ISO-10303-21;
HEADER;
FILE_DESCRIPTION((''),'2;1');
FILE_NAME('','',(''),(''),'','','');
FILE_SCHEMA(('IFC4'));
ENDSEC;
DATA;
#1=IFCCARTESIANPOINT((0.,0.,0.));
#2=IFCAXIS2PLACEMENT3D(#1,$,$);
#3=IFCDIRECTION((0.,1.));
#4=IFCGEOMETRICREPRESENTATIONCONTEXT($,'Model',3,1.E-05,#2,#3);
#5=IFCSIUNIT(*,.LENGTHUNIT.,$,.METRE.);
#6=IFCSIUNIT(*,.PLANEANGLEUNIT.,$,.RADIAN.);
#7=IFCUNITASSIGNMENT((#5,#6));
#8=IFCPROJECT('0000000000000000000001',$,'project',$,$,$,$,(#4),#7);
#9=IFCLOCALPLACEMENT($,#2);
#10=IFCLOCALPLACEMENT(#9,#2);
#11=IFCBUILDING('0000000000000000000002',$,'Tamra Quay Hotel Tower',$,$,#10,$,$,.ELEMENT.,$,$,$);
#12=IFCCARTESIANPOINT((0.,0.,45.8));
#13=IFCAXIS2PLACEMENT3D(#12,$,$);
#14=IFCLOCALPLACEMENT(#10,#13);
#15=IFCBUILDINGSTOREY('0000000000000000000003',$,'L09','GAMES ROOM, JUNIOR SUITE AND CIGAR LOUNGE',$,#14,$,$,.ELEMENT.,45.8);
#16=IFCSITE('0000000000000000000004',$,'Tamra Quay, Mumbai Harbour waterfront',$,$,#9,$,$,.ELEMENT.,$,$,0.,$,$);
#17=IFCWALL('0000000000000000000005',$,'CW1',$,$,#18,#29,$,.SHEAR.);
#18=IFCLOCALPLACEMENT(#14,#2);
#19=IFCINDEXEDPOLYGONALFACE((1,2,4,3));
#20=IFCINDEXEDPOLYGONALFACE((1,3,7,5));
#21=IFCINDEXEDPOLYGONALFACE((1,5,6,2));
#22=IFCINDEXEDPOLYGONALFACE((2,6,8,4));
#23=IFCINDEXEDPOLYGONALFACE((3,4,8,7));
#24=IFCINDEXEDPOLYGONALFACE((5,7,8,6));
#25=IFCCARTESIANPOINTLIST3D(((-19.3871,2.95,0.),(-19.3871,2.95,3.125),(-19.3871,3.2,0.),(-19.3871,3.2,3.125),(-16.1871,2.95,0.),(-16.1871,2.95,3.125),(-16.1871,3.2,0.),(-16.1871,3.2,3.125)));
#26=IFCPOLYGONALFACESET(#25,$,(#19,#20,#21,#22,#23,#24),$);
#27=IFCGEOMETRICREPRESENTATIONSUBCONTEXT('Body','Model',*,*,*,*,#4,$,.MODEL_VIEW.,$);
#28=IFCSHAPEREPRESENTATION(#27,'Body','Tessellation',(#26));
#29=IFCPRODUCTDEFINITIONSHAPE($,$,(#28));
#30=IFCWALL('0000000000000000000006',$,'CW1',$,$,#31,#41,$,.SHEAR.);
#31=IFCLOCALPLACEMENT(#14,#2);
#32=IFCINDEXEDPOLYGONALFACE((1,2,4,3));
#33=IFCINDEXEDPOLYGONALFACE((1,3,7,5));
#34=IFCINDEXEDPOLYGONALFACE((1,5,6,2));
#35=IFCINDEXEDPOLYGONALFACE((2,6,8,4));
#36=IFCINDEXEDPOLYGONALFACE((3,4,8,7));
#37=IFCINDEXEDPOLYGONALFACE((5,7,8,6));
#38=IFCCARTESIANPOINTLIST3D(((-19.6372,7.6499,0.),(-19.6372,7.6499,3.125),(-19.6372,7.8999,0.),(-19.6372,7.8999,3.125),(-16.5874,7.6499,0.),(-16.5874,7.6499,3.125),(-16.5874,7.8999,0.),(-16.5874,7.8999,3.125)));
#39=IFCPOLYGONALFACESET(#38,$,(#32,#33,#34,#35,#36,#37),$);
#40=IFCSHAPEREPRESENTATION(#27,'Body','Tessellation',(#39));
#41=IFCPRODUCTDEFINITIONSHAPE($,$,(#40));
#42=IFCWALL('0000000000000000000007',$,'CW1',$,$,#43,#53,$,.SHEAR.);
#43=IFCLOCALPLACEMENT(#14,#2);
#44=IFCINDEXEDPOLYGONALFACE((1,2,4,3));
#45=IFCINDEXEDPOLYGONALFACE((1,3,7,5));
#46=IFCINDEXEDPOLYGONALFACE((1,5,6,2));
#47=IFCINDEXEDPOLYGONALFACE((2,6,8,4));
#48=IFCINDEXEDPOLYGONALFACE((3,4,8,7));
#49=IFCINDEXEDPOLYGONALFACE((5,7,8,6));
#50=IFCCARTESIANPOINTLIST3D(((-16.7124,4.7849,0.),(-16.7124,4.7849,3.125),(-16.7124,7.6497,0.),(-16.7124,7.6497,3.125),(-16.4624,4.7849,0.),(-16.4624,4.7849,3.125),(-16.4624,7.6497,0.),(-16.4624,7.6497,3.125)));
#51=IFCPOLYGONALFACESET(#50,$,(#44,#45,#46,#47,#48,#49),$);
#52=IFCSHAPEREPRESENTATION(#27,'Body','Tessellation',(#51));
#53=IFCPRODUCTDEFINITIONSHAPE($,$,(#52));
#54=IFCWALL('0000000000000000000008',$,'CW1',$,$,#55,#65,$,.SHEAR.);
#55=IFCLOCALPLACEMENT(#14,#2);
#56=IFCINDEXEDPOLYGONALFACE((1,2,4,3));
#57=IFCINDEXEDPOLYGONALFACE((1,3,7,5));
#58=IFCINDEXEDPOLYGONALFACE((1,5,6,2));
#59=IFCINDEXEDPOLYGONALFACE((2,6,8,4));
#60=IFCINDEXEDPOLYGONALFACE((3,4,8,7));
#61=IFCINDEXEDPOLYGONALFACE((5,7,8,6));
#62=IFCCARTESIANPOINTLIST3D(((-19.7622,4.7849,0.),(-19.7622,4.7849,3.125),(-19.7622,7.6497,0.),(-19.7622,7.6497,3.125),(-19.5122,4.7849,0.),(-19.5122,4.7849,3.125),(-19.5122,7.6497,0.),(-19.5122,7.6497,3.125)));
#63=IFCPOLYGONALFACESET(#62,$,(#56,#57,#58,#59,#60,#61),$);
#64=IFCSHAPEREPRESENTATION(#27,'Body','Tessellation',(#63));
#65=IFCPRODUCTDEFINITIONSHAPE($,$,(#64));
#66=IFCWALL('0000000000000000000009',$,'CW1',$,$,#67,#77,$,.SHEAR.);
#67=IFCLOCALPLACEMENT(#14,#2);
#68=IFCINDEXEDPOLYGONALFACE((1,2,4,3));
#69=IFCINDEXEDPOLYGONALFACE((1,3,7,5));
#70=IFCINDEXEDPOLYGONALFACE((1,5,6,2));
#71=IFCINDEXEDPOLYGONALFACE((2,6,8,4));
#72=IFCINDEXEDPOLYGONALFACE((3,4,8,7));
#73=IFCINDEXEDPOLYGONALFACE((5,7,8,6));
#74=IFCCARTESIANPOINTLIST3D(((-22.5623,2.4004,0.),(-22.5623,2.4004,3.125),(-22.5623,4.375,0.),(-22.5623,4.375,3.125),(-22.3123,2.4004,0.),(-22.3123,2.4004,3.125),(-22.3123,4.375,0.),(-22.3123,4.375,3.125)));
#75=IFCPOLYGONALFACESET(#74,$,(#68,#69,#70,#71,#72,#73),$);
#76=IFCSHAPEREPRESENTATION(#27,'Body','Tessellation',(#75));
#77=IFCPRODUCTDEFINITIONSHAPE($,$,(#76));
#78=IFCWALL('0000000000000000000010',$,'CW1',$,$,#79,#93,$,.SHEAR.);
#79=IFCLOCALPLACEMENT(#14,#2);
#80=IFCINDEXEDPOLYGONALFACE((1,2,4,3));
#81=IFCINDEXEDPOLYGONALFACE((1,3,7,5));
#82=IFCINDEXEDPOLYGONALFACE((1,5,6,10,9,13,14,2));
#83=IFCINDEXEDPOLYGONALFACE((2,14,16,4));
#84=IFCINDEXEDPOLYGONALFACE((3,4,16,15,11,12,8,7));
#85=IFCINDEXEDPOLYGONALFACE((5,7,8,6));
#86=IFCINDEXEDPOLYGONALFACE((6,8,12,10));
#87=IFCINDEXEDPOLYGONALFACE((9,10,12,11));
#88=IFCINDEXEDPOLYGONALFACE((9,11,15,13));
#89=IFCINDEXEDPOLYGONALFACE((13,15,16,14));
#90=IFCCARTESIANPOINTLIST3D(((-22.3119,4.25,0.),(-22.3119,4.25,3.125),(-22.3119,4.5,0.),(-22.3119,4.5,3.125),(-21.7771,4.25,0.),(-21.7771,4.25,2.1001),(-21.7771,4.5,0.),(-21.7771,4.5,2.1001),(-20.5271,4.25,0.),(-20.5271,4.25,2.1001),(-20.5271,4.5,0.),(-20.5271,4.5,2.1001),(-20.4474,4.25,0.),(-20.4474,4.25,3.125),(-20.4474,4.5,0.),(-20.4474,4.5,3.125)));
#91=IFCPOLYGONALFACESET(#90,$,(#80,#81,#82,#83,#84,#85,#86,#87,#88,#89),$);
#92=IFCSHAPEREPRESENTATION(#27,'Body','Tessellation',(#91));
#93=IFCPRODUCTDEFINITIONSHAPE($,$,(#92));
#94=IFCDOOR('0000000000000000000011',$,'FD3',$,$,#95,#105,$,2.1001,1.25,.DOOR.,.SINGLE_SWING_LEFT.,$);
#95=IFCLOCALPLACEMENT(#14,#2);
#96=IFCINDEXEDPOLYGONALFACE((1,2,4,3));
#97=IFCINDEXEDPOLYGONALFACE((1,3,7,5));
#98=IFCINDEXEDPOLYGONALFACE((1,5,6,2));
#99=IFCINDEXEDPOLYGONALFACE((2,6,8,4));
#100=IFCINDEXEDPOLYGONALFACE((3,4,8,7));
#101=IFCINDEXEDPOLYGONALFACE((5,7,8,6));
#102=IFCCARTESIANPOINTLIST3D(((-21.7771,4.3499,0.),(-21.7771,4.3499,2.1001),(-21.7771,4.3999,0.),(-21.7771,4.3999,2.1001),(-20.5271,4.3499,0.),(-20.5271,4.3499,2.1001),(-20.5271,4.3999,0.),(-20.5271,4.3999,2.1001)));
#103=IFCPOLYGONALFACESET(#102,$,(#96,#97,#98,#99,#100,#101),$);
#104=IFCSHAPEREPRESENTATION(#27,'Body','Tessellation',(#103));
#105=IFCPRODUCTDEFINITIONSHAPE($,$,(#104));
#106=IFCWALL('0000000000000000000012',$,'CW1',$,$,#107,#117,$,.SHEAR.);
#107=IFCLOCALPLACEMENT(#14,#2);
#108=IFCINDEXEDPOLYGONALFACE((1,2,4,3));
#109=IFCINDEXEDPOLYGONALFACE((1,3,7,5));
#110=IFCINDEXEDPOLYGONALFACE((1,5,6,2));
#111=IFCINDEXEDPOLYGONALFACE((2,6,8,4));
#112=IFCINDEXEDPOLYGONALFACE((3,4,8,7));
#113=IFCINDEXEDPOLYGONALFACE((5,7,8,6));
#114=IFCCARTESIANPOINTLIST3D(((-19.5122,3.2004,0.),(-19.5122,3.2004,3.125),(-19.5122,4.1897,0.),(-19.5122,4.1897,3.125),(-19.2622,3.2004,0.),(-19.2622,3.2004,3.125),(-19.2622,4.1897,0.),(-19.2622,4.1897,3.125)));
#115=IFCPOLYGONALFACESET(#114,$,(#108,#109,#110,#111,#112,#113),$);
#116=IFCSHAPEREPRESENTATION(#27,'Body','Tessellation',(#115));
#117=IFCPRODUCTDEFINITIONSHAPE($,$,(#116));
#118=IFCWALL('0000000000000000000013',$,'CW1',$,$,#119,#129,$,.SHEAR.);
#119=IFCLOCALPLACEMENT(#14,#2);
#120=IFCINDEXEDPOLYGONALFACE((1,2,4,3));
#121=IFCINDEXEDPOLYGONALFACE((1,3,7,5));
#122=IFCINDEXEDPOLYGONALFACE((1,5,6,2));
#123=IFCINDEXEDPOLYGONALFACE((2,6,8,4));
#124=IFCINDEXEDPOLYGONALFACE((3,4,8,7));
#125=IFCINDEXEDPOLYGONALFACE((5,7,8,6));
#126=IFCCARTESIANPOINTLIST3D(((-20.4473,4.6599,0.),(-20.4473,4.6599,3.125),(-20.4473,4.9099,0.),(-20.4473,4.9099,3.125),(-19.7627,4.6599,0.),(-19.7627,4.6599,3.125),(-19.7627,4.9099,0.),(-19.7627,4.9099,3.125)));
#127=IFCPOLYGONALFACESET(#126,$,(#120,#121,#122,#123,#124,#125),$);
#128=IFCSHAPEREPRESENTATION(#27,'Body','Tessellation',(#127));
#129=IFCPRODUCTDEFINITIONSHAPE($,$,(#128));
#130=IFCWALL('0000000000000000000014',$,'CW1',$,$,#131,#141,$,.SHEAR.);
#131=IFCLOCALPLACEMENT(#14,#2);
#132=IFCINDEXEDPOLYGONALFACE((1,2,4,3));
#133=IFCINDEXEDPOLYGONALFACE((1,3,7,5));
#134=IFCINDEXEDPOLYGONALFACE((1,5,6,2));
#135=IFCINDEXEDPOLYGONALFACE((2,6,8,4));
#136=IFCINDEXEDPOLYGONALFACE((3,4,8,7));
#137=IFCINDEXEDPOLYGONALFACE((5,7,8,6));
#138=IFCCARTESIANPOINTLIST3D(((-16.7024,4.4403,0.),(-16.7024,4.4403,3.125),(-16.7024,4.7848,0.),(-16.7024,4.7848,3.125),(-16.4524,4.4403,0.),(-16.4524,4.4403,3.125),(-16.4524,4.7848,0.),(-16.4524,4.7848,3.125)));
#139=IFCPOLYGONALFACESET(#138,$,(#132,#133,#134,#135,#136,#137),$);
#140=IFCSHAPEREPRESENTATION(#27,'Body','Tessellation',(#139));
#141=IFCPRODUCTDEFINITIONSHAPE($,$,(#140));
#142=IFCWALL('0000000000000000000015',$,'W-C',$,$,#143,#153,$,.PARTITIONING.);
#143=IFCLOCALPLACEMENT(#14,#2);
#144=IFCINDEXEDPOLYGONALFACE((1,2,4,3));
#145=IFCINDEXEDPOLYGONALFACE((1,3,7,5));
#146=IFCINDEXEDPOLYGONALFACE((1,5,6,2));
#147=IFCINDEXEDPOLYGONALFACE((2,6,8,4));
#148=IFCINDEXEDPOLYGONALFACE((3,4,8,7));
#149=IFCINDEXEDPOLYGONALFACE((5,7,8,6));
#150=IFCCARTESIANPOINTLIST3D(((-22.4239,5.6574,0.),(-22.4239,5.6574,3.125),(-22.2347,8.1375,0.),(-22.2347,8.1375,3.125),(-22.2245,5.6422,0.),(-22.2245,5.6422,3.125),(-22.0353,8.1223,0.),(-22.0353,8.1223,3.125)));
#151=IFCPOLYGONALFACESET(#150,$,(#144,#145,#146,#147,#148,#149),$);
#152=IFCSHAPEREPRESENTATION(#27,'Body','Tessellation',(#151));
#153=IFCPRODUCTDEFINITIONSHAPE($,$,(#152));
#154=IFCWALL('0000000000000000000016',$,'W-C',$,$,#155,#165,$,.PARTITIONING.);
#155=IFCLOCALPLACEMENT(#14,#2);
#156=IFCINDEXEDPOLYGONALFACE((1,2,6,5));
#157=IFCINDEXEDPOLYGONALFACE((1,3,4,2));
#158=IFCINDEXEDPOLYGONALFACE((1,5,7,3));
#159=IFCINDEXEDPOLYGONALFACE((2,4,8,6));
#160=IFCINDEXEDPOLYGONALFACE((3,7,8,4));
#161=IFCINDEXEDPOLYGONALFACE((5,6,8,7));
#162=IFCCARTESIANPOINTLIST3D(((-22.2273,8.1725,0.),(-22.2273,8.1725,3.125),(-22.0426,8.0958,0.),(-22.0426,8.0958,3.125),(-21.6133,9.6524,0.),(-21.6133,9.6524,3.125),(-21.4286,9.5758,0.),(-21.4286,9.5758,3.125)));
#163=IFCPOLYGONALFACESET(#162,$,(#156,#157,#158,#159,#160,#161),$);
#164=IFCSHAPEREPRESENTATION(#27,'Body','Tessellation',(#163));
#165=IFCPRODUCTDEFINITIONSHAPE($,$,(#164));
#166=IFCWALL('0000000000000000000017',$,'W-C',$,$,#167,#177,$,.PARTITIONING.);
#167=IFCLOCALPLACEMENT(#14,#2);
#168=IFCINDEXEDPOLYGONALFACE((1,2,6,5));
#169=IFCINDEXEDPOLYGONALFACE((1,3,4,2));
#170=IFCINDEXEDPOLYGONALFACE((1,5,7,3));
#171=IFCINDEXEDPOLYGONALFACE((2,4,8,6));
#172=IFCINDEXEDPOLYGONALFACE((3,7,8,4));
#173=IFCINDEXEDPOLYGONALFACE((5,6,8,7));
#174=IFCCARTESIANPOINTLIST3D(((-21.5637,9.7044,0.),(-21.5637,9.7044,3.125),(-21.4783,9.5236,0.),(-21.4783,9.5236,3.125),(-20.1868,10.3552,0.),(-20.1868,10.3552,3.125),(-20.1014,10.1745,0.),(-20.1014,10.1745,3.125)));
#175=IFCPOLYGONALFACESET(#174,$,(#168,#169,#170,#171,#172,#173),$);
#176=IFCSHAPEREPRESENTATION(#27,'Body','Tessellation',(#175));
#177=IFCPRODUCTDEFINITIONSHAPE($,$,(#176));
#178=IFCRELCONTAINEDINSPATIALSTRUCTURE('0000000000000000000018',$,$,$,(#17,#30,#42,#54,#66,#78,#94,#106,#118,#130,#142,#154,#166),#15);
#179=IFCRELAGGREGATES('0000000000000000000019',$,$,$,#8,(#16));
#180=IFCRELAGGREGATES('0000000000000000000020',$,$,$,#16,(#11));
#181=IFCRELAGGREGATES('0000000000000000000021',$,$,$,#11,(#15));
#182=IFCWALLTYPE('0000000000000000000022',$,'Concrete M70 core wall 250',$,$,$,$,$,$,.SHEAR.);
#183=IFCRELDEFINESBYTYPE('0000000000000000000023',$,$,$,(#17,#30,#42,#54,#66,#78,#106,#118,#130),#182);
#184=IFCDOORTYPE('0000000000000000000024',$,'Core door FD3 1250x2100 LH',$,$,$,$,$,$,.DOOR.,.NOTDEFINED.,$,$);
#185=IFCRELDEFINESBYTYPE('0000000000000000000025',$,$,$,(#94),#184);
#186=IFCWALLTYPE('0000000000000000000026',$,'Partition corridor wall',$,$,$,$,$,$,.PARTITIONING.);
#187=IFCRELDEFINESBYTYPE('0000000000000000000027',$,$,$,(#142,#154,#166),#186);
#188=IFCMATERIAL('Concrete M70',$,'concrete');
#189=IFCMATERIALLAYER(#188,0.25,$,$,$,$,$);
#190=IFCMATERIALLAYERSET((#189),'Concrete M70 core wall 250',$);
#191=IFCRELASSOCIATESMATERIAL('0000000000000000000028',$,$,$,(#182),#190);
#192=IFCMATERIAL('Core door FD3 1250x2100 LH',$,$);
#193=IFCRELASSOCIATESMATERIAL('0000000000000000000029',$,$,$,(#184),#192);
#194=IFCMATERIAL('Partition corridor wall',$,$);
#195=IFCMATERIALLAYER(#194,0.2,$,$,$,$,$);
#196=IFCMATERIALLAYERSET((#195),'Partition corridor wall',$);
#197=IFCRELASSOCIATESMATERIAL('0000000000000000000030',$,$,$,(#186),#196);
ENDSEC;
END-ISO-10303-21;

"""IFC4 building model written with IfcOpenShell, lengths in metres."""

from ifc_helpers import new_model, si_unit, direction, frame, frame_2d, origin, place, context, subcontext, project, spatial, rectangle, extrude, material, layer, layer_set, type_object, element, fill, save


model = new_model("IFC4")

# Units and contexts
model_context = context("Model", 3, precision=1e-05, world=origin(), true_north=direction((0.0, 1.0)))
body_context = subcontext(model_context, "Body", "Model", "MODEL_VIEW")
ifc_project = project(units=[si_unit("LENGTHUNIT", "METRE"), si_unit("PLANEANGLEUNIT", "RADIAN")], contexts=[model_context])

# Site, building, storey
site_placement = place(None, origin())
site = spatial("IfcSite", under=ifc_project, at=site_placement, Name="Tamra Quay, Mumbai Harbour waterfront", CompositionType="ELEMENT", RefElevation=0.0)
building_placement = place(site_placement, origin())
building = spatial("IfcBuilding", under=site, at=building_placement, Name="Tamra Quay Hotel Tower", CompositionType="ELEMENT")
storey_placement = place(building_placement, frame((0.0, 0.0, 45.8)))
storey = spatial("IfcBuildingStorey", under=building, at=storey_placement, Name="L09", Description="GAMES ROOM, JUNIOR SUITE AND CIGAR LOUNGE", CompositionType="ELEMENT", Elevation=45.8)

# Shared definitions
ifc_material_1 = material(Name="Concrete M70", Category="concrete")

# Walls
ifc_layer_1 = layer(ifc_material_1, 0.25)
ifc_layer_set_1 = layer_set([ifc_layer_1], Name="Concrete M70 core wall 250")
wall_type_1 = type_object("IfcWallType", Name="Concrete M70 core wall 250", PredefinedType="SHEAR", material=ifc_layer_set_1)
wall_1_placement = place(storey_placement, frame((-19.3872, 3.075, 0.0), z_axis=(0.0, 0.0, 1.0), x_axis=(1.0, 0.0, 0.0)))
element("IfcWall", 1, at=wall_1_placement, inside=storey, type_object=wall_type_1, Name="CW1", PredefinedType="SHEAR", context=body_context, shape_type="SweptSolid", body=[
    extrude(rectangle(XDim=3.2, YDim=0.25, at=frame_2d((1.6001, 0.0))), origin(), (0.0, 0.0, 1.0), 3.125),
])
wall_2_placement = place(storey_placement, frame((-19.6372, 7.7749, 0.0), z_axis=(0.0, 0.0, 1.0), x_axis=(1.0, 0.0, 0.0)))
element("IfcWall", 2, at=wall_2_placement, inside=storey, type_object=wall_type_1, Name="CW1", PredefinedType="SHEAR", context=body_context, shape_type="SweptSolid", body=[
    extrude(rectangle(XDim=3.0498, YDim=0.25, at=frame_2d((1.5249, 0.0))), origin(), (0.0, 0.0, 1.0), 3.125),
])
for number, where, z_axis, x_axis, name in (
    (3, (-16.5874, 7.6497, 0.0), (0.0, 0.0, 1.0), (0.0, -1.0, 0.0), "CW1"),
    (4, (-19.6372, 4.7849, 0.0), (0.0, 0.0, 1.0), (0.0, 1.0, 0.0), "CW1"),
):
    element("IfcWall", number, at=place(storey_placement, frame(where, z_axis=z_axis, x_axis=x_axis)), inside=storey, type_object=wall_type_1, Name=name, PredefinedType="SHEAR", context=body_context, shape_type="SweptSolid", body=[
        extrude(rectangle(XDim=2.8647, YDim=0.25, at=frame_2d((1.4324, 0.0))), origin(), (0.0, 0.0, 1.0), 3.125),
    ])
wall_3_placement = place(storey_placement, frame((-22.4373, 2.4004, 0.0), z_axis=(0.0, 0.0, 1.0), x_axis=(0.0, 1.0, 0.0)))
element("IfcWall", 5, at=wall_3_placement, inside=storey, type_object=wall_type_1, Name="CW1", PredefinedType="SHEAR", context=body_context, shape_type="SweptSolid", body=[
    extrude(rectangle(XDim=1.9746, YDim=0.25, at=frame_2d((0.9873, 0.0))), origin(), (0.0, 0.0, 1.0), 3.125),
])

# Wall, opening, door
wall_4_placement = place(storey_placement, frame((-22.3118, 4.375, 0.0), z_axis=(0.0, 0.0, 1.0), x_axis=(1.0, 0.0, 0.0)))
wall_4 = element("IfcWall", 6, at=wall_4_placement, inside=storey, type_object=wall_type_1, Name="CW1", PredefinedType="SHEAR", context=body_context, shape_type="SweptSolid", body=[
    extrude(rectangle(XDim=1.8645, YDim=0.25, at=frame_2d((0.9321, 0.0))), origin(), (0.0, 0.0, 1.0), 3.125),
])
opening_1_placement = place(wall_4_placement, frame((0.5347, 0.0, 0.0)))
opening_1 = element("IfcOpeningElement", 7, at=opening_1_placement, cuts=wall_4, PredefinedType="OPENING", context=body_context, shape_type="SweptSolid", body=[
    extrude(rectangle(XDim=1.25, YDim=2.1001, at=frame_2d((0.625, 1.05))), frame((0.0, 0.135, 0.0), z_axis=(0.0, -1.0, 0.0), x_axis=(1.0, 0.0, 0.0)), (0.0, 0.0, 1.0), 0.27),
])
ifc_material_2 = material(Name="Core door FD3 1250x2100 LH")
door_type_1 = type_object("IfcDoorType", Name="Core door FD3 1250x2100 LH", OperationType="NOTDEFINED", PredefinedType="DOOR", material=ifc_material_2)
door_1_placement = place(opening_1_placement, origin())
door_1 = element("IfcDoor", 8, at=door_1_placement, inside=storey, type_object=door_type_1, Name="FD3", OperationType="SINGLE_SWING_LEFT", OverallHeight=2.1001, OverallWidth=1.25, PredefinedType="DOOR", context=body_context, shape_type="SweptSolid", body=[
    extrude(rectangle(XDim=1.25, YDim=2.1001, at=frame_2d((0.625, 1.05))), frame((0.0, 0.0249, 0.0), z_axis=(0.0, -1.0, 0.0), x_axis=(1.0, 0.0, 0.0)), (0.0, 0.0, 1.0), 0.05),
])
fill(opening_1, door_1)

# Walls
wall_5_placement = place(storey_placement, frame((-19.3872, 4.1897, 0.0), z_axis=(0.0, 0.0, 1.0), x_axis=(0.0, -1.0, 0.0)))
element("IfcWall", 9, at=wall_5_placement, inside=storey, type_object=wall_type_1, Name="CW1", PredefinedType="SHEAR", context=body_context, shape_type="SweptSolid", body=[
    extrude(rectangle(XDim=0.9893, YDim=0.25, at=frame_2d((0.4946, 0.0))), origin(), (0.0, 0.0, 1.0), 3.125),
])
wall_6_placement = place(storey_placement, frame((-20.4473, 4.7849, 0.0), z_axis=(0.0, 0.0, 1.0), x_axis=(1.0, 0.0, 0.0)))
element("IfcWall", 10, at=wall_6_placement, inside=storey, type_object=wall_type_1, Name="CW1", PredefinedType="SHEAR", context=body_context, shape_type="SweptSolid", body=[
    extrude(rectangle(XDim=0.6846, YDim=0.25, at=frame_2d((0.3423, 0.0))), origin(), (0.0, 0.0, 1.0), 3.125),
])
wall_7_placement = place(storey_placement, frame((-16.5774, 4.7849, 0.0), z_axis=(0.0, 0.0, 1.0), x_axis=(0.0, -1.0, 0.0)))
element("IfcWall", 11, at=wall_7_placement, inside=storey, type_object=wall_type_1, Name="CW1", PredefinedType="SHEAR", context=body_context, shape_type="SweptSolid", body=[
    extrude(rectangle(XDim=0.3445, YDim=0.25, at=frame_2d((0.1724, 0.0))), origin(), (0.0, 0.0, 1.0), 3.125),
])
ifc_material_3 = material(Name="Partition corridor wall")
ifc_layer_2 = layer(ifc_material_3, 0.2)
ifc_layer_set_2 = layer_set([ifc_layer_2], Name="Partition corridor wall")
wall_type_2 = type_object("IfcWallType", Name="Partition corridor wall", PredefinedType="PARTITIONING", material=ifc_layer_set_2)
wall_8_placement = place(storey_placement, frame((-22.135, 8.1299, 0.0), z_axis=(0.0, 0.0, 1.0), x_axis=(-0.076073, -0.997102, 0.0)))
element("IfcWall", 12, at=wall_8_placement, inside=storey, type_object=wall_type_2, Name="W-C", PredefinedType="PARTITIONING", context=body_context, shape_type="SweptSolid", body=[
    extrude(rectangle(XDim=2.4873, YDim=0.2, at=frame_2d((1.2437, 0.0))), origin(), (0.0, 0.0, 1.0), 3.125),
])
wall_9_placement = place(storey_placement, frame((-22.135, 8.134, 0.0), z_axis=(0.0, 0.0, 1.0), x_axis=(0.383208, 0.923662, 0.0)))
element("IfcWall", 13, at=wall_9_placement, inside=storey, type_object=wall_type_2, Name="W-C", PredefinedType="PARTITIONING", context=body_context, shape_type="SweptSolid", body=[
    extrude(rectangle(XDim=1.6023, YDim=0.2, at=frame_2d((0.8013, 0.0))), origin(), (0.0, 0.0, 1.0), 3.125),
])
wall_10_placement = place(storey_placement, frame((-21.521, 9.614, 0.0), z_axis=(0.0, 0.0, 1.0), x_axis=(0.904084, 0.427356, 0.0)))
element("IfcWall", 14, at=wall_10_placement, inside=storey, type_object=wall_type_2, Name="W-C", PredefinedType="PARTITIONING", context=body_context, shape_type="SweptSolid", body=[
    extrude(rectangle(XDim=1.5229, YDim=0.2, at=frame_2d((0.7615, 0.0))), origin(), (0.0, 0.0, 1.0), 3.125),
])

save(model, "model.ifc")
